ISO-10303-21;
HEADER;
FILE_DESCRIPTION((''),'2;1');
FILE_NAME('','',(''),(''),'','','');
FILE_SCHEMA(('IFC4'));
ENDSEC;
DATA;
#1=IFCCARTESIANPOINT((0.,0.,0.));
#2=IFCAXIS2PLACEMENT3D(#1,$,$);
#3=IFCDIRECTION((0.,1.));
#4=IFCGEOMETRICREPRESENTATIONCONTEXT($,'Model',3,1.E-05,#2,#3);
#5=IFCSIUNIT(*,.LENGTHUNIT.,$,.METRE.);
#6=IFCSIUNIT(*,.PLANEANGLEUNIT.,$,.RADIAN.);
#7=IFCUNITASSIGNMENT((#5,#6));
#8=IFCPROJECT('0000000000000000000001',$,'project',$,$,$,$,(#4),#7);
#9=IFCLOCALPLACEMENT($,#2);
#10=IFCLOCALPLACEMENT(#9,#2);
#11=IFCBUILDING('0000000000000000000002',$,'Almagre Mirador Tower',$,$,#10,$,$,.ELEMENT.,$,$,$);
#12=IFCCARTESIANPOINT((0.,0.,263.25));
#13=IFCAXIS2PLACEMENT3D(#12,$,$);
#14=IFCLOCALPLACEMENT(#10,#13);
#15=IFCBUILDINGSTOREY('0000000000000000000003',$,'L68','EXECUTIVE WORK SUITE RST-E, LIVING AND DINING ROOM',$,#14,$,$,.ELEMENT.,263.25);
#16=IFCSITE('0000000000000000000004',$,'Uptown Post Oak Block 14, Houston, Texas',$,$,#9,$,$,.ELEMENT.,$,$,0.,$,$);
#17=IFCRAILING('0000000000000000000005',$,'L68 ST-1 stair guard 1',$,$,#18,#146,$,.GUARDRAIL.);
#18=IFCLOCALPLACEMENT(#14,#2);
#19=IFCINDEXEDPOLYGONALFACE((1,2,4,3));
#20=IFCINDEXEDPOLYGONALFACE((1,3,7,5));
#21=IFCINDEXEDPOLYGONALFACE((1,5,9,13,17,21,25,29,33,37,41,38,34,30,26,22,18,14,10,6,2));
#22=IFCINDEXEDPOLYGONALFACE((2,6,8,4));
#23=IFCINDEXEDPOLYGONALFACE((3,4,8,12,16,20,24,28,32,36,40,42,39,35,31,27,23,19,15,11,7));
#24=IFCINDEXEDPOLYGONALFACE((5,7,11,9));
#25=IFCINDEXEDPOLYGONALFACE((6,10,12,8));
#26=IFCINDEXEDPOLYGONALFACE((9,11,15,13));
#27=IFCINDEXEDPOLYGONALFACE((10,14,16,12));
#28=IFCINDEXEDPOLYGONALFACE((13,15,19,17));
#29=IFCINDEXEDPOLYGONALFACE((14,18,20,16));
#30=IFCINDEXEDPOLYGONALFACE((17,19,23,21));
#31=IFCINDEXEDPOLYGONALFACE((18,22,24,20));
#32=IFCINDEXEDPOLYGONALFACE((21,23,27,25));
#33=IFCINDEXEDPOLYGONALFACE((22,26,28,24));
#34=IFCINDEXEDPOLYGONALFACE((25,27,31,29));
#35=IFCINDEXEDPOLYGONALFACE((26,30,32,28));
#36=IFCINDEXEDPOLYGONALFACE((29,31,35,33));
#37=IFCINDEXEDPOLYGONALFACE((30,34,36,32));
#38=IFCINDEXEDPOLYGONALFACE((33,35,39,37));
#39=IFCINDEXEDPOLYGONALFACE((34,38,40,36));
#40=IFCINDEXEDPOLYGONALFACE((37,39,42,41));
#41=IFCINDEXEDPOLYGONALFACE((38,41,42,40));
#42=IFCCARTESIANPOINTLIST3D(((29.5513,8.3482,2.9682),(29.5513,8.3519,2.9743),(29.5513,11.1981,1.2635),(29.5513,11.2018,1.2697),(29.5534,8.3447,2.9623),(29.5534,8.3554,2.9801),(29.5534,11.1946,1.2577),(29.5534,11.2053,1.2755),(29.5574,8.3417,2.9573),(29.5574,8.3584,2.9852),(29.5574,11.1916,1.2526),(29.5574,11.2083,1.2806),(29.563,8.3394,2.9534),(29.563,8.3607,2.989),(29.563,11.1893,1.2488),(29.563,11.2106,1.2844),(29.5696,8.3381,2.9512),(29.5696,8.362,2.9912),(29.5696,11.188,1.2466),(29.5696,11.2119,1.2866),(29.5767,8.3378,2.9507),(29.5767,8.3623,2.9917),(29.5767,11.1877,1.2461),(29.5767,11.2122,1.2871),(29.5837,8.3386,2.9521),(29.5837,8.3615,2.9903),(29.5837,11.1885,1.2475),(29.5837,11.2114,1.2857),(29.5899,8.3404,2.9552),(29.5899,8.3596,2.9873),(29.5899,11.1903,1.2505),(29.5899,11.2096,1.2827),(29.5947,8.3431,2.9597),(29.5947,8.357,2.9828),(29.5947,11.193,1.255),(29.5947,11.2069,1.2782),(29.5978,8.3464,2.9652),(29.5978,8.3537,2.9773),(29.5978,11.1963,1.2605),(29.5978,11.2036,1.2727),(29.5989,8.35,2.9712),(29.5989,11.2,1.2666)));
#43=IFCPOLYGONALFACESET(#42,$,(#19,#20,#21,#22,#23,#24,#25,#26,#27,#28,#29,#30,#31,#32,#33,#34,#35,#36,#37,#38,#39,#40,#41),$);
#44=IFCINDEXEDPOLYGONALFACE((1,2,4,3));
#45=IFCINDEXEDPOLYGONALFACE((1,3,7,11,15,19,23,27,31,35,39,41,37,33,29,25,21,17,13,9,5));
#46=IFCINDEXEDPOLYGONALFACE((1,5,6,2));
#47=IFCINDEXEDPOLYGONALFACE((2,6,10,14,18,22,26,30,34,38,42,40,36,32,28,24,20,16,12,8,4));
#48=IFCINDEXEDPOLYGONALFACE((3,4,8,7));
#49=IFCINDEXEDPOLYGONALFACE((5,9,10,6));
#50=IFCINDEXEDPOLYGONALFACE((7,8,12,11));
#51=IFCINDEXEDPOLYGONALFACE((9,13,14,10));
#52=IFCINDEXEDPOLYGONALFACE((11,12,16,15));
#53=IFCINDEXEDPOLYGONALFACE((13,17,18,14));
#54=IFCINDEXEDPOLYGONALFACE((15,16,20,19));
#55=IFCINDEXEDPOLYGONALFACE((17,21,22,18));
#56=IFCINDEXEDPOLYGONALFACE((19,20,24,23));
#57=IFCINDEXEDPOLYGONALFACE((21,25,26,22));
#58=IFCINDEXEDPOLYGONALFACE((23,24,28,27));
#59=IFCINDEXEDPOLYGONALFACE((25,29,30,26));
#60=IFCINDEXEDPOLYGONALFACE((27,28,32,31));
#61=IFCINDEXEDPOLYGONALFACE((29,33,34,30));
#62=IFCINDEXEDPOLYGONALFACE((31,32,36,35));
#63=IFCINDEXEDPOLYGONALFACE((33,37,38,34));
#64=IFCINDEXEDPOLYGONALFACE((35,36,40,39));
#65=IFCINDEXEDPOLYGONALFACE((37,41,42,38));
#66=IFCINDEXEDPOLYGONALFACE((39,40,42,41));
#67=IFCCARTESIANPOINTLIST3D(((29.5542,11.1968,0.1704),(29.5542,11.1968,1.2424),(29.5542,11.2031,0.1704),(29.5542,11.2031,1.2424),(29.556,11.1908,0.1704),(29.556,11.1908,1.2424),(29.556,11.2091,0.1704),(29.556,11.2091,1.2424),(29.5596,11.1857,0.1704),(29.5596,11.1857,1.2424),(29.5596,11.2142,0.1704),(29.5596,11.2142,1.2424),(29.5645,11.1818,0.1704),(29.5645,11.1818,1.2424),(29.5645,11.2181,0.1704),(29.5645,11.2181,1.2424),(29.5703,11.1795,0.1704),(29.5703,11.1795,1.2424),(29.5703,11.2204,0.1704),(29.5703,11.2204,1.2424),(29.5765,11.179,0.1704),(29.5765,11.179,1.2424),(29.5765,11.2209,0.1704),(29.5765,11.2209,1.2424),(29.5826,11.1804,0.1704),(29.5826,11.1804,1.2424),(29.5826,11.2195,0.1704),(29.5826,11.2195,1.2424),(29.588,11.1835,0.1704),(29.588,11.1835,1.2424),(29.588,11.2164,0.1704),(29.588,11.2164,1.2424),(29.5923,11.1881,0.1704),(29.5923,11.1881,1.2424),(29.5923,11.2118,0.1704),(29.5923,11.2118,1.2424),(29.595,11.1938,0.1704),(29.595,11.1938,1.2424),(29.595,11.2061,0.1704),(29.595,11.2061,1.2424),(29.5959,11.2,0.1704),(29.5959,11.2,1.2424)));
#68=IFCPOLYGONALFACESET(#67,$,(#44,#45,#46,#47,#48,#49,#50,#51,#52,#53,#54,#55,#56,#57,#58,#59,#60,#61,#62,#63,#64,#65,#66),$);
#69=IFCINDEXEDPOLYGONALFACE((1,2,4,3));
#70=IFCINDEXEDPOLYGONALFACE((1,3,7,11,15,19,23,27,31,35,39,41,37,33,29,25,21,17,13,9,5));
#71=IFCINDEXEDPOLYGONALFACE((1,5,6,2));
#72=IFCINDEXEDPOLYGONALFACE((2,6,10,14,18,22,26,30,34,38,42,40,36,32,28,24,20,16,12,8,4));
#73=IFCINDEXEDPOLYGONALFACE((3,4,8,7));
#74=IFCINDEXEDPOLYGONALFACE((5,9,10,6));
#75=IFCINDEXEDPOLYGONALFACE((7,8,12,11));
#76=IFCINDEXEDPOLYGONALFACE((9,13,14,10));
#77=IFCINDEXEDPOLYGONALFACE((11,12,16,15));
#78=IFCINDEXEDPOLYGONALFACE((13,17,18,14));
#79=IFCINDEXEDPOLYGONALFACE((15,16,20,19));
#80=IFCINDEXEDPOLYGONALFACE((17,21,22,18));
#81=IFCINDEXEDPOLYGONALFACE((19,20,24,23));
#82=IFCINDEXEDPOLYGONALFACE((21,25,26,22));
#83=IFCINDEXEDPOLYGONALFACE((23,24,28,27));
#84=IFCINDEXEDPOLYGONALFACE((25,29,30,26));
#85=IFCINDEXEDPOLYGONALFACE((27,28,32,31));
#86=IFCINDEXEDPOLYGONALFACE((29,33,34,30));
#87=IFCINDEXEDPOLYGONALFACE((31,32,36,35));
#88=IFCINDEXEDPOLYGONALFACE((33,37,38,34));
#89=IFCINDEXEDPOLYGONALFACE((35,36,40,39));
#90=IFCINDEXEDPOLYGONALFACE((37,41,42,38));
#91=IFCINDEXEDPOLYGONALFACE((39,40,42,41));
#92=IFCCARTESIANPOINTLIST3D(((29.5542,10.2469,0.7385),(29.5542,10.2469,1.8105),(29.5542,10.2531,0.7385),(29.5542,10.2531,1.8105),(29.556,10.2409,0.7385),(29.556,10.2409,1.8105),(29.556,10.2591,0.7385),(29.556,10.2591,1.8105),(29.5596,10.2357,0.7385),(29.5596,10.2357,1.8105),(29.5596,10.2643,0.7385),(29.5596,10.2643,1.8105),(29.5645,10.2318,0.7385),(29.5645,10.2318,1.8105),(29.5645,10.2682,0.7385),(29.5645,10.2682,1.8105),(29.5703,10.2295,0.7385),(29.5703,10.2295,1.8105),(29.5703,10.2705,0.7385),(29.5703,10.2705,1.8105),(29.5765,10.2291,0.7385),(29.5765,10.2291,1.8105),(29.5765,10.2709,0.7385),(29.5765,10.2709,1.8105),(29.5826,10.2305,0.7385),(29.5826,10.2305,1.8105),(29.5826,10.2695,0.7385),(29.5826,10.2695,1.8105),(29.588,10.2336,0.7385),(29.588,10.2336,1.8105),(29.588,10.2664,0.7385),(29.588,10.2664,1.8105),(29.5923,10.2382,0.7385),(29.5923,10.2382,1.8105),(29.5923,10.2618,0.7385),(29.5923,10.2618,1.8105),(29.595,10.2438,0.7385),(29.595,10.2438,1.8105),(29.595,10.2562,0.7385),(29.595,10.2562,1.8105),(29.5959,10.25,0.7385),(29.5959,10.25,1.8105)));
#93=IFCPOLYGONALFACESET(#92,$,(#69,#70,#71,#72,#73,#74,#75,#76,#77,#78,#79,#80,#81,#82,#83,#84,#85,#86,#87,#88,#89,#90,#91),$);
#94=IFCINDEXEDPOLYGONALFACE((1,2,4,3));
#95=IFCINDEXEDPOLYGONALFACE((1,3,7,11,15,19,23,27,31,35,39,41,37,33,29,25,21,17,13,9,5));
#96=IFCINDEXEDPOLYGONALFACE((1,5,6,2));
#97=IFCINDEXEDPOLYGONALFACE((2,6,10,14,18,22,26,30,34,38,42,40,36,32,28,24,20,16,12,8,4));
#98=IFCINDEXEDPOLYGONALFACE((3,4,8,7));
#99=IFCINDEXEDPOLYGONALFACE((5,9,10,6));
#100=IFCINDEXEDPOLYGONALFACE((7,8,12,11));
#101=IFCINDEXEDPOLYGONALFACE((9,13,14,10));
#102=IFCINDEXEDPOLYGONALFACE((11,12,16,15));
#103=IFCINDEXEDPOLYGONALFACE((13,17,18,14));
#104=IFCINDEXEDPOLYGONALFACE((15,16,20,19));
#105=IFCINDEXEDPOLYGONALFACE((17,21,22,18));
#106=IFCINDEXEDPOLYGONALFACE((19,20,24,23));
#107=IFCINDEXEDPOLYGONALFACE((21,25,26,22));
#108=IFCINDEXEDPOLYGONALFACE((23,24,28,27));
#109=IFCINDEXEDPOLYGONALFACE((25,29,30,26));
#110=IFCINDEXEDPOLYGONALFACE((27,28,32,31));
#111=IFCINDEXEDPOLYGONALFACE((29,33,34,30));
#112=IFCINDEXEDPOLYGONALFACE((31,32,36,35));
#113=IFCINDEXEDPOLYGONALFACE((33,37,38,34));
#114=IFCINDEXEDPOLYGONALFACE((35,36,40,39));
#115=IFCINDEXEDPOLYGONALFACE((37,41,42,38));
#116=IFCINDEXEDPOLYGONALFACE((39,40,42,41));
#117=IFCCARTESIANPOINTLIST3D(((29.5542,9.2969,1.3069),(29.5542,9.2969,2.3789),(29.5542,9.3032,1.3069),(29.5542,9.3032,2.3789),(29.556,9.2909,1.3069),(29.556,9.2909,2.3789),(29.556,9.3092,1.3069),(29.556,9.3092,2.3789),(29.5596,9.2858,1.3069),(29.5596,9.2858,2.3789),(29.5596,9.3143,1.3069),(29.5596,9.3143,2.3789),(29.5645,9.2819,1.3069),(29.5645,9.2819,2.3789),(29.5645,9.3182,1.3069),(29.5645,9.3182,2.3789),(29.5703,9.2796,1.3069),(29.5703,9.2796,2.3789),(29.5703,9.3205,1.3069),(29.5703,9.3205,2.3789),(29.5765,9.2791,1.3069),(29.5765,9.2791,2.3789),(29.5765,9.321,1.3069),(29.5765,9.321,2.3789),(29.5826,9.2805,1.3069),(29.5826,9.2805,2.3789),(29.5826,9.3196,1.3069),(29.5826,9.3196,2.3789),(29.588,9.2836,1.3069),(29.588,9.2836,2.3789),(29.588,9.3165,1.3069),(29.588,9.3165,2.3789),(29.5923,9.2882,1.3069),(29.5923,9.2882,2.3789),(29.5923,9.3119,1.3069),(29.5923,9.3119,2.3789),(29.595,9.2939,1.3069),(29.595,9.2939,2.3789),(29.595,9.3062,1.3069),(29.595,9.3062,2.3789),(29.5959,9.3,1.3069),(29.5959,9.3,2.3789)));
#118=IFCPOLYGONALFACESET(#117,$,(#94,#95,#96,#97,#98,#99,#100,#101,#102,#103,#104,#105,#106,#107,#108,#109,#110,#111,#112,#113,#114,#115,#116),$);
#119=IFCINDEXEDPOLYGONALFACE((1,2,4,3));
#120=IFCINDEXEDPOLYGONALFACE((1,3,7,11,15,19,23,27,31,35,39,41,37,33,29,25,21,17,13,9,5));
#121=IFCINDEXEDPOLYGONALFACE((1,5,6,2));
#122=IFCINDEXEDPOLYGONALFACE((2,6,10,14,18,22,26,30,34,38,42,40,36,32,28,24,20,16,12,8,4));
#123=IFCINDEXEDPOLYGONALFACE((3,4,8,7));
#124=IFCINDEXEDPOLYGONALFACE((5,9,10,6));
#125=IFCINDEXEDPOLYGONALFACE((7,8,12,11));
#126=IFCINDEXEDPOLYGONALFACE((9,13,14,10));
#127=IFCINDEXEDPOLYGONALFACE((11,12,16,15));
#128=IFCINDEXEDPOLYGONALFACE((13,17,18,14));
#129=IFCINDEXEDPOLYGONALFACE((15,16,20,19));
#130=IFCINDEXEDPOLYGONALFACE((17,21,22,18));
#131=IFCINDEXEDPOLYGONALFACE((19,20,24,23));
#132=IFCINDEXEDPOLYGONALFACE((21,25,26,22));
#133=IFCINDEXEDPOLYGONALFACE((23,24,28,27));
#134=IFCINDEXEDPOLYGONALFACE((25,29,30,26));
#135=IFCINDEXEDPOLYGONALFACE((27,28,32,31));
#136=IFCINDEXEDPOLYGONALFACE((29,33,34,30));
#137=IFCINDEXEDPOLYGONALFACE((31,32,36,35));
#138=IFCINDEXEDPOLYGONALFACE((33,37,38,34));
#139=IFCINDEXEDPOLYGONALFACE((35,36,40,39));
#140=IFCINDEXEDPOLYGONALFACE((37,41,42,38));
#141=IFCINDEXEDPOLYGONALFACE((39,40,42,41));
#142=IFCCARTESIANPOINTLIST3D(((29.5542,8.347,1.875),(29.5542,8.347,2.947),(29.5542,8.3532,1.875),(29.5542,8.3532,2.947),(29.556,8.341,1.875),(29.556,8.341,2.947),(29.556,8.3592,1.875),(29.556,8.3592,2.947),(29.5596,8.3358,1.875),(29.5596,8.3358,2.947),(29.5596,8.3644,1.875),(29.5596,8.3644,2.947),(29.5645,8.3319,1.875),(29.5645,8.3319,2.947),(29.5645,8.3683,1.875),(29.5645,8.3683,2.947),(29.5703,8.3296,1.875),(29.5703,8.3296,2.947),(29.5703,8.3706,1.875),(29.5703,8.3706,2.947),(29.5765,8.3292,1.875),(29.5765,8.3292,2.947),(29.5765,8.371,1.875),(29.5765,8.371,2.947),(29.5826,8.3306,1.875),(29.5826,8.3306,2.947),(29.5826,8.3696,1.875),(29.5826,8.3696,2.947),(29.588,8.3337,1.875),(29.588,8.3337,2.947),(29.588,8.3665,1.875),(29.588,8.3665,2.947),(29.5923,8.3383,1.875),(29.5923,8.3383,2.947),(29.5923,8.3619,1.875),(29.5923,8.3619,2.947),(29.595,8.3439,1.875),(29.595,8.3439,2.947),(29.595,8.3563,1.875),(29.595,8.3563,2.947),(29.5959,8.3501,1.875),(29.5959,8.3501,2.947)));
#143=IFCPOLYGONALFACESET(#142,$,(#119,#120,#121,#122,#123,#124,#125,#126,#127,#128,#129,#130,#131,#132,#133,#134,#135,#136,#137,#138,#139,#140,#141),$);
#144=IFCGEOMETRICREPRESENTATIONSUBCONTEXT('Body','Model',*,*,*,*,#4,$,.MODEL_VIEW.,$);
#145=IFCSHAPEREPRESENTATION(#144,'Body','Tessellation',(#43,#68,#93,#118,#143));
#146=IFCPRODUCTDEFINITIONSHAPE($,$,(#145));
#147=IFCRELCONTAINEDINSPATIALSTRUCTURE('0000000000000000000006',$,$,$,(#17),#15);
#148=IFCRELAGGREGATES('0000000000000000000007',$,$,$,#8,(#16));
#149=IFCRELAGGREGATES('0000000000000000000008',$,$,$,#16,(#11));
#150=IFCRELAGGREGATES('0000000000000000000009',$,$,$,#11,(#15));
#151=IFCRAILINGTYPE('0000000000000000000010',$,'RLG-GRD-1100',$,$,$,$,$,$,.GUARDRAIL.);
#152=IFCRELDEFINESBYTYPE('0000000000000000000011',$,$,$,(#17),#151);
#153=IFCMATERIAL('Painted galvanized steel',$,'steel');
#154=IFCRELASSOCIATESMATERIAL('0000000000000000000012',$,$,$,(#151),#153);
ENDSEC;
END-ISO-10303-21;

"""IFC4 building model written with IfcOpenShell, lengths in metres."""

from ifc_helpers import new_model, si_unit, direction, frame, origin, origin_2d, place, context, subcontext, project, spatial, circle, extrude, material, type_object, element, save


model = new_model("IFC4")

# Units and contexts
model_context = context("Model", 3, precision=1e-05, world=origin(), true_north=direction((0.0, 1.0)))
body_context = subcontext(model_context, "Body", "Model", "MODEL_VIEW")
ifc_project = project(units=[si_unit("LENGTHUNIT", "METRE"), si_unit("PLANEANGLEUNIT", "RADIAN")], contexts=[model_context])

# Site, building, storey
site_placement = place(None, origin())
site = spatial("IfcSite", under=ifc_project, at=site_placement, Name="Uptown Post Oak Block 14, Houston, Texas", CompositionType="ELEMENT", RefElevation=0.0)
building_placement = place(site_placement, origin())
building = spatial("IfcBuilding", under=site, at=building_placement, Name="Almagre Mirador Tower", CompositionType="ELEMENT")
storey_placement = place(building_placement, frame((0.0, 0.0, 263.25)))
storey = spatial("IfcBuildingStorey", under=building, at=storey_placement, Name="L68", Description="EXECUTIVE WORK SUITE RST-E, LIVING AND DINING ROOM", CompositionType="ELEMENT", Elevation=263.25)

# Railing
ifc_material_1 = material(Name="Painted galvanized steel", Category="steel")
railing_type_1 = type_object("IfcRailingType", Name="RLG-GRD-1100", PredefinedType="GUARDRAIL", material=ifc_material_1)
railing_1_placement = place(storey_placement, frame((29.575, 11.2, 0.1704)))
element("IfcRailing", 1, at=railing_1_placement, inside=storey, type_object=railing_type_1, Name="L68 ST-1 stair guard 1", PredefinedType="GUARDRAIL", context=body_context, shape_type="SweptSolid", body=[
    extrude(circle(Radius=0.0239, at=origin_2d()), frame((0.0, 0.0, 1.0962), z_axis=(0.0, -0.858199, 0.513317), x_axis=(1.0, 0.0, 0.0)), (0.0, 0.0, 1.0), 3.3208),
    extrude(circle(Radius=0.021, at=origin_2d()), origin(), (0.0, 0.0, 1.0), 1.072),
    extrude(circle(Radius=0.021, at=origin_2d()), frame((0.0, -0.95, 0.5681)), (0.0, 0.0, 1.0), 1.072),
    extrude(circle(Radius=0.021, at=origin_2d()), frame((0.0, -1.8999, 1.1365)), (0.0, 0.0, 1.0), 1.072),
    extrude(circle(Radius=0.021, at=origin_2d()), frame((0.0, -2.8499, 1.7046)), (0.0, 0.0, 1.0), 1.072),
])

save(model, "model.ifc")
